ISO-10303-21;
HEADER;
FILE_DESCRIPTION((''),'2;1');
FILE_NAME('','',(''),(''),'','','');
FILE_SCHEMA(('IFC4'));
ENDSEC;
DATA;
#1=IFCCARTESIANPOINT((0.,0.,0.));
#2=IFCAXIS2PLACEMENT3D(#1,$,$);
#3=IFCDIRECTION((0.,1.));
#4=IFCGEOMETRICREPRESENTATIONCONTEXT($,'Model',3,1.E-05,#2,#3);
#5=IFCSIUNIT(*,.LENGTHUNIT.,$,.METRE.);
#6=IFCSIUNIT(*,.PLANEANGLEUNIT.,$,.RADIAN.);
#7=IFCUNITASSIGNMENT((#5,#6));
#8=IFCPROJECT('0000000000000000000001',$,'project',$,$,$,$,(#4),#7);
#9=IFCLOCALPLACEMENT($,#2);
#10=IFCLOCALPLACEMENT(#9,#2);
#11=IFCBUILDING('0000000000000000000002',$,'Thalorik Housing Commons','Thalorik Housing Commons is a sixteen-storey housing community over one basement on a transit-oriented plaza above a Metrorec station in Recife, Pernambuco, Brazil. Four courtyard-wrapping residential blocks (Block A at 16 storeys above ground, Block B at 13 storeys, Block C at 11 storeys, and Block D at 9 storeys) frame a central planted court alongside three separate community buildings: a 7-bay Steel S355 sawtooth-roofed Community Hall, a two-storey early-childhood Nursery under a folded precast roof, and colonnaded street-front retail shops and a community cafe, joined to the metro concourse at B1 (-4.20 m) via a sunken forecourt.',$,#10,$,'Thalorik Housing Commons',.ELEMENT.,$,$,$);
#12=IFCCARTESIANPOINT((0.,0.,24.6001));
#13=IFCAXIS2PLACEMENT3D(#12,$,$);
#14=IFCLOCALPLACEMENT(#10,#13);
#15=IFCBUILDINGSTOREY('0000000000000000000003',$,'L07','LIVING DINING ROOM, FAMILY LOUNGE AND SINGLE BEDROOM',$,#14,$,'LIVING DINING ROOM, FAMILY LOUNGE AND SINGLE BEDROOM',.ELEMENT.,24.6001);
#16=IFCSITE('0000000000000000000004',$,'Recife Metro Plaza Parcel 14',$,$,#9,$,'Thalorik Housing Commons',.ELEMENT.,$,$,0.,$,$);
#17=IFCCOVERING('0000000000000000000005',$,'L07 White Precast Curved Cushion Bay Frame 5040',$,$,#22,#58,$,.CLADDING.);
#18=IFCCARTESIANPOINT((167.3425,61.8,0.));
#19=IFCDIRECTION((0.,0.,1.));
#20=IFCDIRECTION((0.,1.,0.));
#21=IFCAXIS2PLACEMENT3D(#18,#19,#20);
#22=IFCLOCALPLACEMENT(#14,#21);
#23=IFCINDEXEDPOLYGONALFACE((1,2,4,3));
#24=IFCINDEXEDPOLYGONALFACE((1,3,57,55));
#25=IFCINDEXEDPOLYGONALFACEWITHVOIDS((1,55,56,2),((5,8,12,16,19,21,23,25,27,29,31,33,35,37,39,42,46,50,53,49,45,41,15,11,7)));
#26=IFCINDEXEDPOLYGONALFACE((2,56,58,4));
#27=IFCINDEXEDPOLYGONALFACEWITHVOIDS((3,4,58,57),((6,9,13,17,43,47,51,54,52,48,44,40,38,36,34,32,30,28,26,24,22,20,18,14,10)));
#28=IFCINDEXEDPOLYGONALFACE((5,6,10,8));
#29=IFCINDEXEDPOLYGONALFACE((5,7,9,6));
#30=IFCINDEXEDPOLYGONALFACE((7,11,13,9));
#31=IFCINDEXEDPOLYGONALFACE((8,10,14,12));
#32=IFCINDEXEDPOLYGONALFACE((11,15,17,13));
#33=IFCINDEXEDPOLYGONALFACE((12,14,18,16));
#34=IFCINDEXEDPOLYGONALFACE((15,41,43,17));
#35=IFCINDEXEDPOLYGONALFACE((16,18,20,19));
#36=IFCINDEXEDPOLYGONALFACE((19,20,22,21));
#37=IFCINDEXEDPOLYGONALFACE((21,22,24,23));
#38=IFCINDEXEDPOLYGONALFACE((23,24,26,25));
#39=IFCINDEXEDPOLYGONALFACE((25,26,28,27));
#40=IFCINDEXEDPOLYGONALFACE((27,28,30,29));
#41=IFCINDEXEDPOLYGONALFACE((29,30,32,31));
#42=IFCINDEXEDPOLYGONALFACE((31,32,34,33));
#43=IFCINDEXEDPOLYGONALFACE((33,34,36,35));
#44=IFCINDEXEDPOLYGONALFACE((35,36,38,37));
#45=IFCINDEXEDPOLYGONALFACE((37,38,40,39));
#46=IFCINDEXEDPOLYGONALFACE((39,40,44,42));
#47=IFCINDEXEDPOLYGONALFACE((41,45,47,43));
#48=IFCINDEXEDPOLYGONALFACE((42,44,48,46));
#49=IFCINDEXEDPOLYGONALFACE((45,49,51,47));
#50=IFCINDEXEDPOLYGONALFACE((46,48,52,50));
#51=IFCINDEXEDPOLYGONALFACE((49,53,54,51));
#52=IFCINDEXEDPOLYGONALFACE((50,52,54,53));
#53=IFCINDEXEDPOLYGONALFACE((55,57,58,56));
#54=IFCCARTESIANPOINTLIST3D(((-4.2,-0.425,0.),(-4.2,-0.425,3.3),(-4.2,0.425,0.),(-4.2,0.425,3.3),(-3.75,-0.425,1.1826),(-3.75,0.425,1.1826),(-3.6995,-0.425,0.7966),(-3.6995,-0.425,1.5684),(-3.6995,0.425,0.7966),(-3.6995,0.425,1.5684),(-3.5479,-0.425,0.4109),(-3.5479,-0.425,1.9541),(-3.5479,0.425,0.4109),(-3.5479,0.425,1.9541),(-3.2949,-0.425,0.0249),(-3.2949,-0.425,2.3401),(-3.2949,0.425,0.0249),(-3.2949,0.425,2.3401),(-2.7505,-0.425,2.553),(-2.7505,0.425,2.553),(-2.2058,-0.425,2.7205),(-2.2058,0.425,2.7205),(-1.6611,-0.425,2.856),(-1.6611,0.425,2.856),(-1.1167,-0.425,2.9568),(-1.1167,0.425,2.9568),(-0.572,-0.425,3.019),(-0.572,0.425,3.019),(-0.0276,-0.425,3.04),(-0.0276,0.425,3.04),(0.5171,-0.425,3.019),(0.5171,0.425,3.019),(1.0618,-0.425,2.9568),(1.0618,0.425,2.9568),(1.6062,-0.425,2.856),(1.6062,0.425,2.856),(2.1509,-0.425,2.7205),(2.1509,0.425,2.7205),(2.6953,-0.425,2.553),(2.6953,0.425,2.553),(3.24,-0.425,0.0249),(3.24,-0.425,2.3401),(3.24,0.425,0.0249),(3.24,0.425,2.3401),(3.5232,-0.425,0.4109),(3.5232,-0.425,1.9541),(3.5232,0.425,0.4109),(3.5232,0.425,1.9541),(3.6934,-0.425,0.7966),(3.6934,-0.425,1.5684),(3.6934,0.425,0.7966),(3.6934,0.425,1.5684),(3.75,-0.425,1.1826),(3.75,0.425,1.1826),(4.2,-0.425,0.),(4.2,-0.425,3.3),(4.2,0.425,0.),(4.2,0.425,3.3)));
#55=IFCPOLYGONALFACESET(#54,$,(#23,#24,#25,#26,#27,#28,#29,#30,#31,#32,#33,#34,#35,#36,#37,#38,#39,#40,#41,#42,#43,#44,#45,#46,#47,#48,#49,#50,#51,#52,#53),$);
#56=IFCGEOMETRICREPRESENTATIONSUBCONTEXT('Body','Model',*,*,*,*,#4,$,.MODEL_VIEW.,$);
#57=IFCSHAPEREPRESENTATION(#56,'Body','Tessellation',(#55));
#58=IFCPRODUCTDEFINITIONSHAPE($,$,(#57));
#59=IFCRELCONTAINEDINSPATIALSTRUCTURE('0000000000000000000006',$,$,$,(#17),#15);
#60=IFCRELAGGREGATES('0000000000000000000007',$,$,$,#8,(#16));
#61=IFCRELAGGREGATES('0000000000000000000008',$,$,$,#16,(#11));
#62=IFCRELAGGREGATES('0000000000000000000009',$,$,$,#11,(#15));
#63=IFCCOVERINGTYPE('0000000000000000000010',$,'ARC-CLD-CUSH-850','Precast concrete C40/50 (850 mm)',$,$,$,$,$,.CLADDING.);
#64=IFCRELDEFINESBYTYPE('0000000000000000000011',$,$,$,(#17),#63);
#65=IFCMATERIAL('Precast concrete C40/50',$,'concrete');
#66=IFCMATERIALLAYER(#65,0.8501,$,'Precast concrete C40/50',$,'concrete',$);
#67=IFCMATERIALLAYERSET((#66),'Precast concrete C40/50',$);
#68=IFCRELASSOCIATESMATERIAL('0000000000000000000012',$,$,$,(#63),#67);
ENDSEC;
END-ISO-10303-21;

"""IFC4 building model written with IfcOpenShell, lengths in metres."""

from ifc_helpers import new_model, si_unit, direction, frame, origin, place, context, subcontext, project, spatial, polyline, outline, extrude, material, layer, layer_set, type_object, element, save


model = new_model("IFC4")

# Units and contexts
model_context = context("Model", 3, precision=1e-05, world=origin(), true_north=direction((0.0, 1.0)))
body_context = subcontext(model_context, "Body", "Model", "MODEL_VIEW")
ifc_project = project(units=[si_unit("LENGTHUNIT", "METRE"), si_unit("PLANEANGLEUNIT", "RADIAN")], contexts=[model_context])

# Site, building, storey
site_placement = place(None, origin())
site = spatial("IfcSite", under=ifc_project, at=site_placement, Name="Recife Metro Plaza Parcel 14", LongName="Thalorik Housing Commons", CompositionType="ELEMENT", RefElevation=0.0)
building_placement = place(site_placement, origin())
building = spatial("IfcBuilding", under=site, at=building_placement, Name="Thalorik Housing Commons", Description="Thalorik Housing Commons is a sixteen-storey housing community over one basement on a transit-oriented plaza above a Metrorec station in Recife, Pernambuco, Brazil. Four courtyard-wrapping residential blocks (Block A at 16 storeys above ground, Block B at 13 storeys, Block C at 11 storeys, and Block D at 9 storeys) frame a central planted court alongside three separate community buildings: a 7-bay Steel S355 sawtooth-roofed Community Hall, a two-storey early-childhood Nursery under a folded precast roof, and colonnaded street-front retail shops and a community cafe, joined to the metro concourse at B1 (-4.20 m) via a sunken forecourt.", LongName="Thalorik Housing Commons", CompositionType="ELEMENT")
storey_placement = place(building_placement, frame((0.0, 0.0, 24.6001)))
storey = spatial("IfcBuildingStorey", under=building, at=storey_placement, Name="L07", Description="LIVING DINING ROOM, FAMILY LOUNGE AND SINGLE BEDROOM", LongName="LIVING DINING ROOM, FAMILY LOUNGE AND SINGLE BEDROOM", CompositionType="ELEMENT", Elevation=24.6001)

# Shared definitions
ifc_material_1 = material(Name="Precast concrete C40/50", Category="concrete")

# Covering
ifc_layer_1 = layer(ifc_material_1, 0.8501, Name="Precast concrete C40/50", Category="concrete")
ifc_layer_set_1 = layer_set([ifc_layer_1], Name="Precast concrete C40/50")
covering_type_1 = type_object("IfcCoveringType", Name="ARC-CLD-CUSH-850", Description="Precast concrete C40/50 (850 mm)", PredefinedType="CLADDING", material=ifc_layer_set_1)
covering_1_placement = place(storey_placement, frame((167.3425, 61.8, 0.0), z_axis=(0.0, 0.0, 1.0), x_axis=(0.0, 1.0, 0.0)))
element("IfcCovering", 1, at=covering_1_placement, inside=storey, type_object=covering_type_1, Name="L07 White Precast Curved Cushion Bay Frame 5040", PredefinedType="CLADDING", context=body_context, shape_type="SweptSolid", body=[
    extrude(outline(polyline([(-4.2, 0.0), (4.2, 0.0), (4.2, 3.3), (-4.2, 3.3), (-4.2, 0.0)]), holes=[polyline([(3.24, 0.0249), (3.5232, 0.4109), (3.6934, 0.7966), (3.75, 1.1826), (3.6934, 1.5684), (3.5232, 1.9541), (3.24, 2.3401), (2.6953, 2.553), (2.1509, 2.7205), (1.6062, 2.856), (1.0618, 2.9568), (0.5171, 3.019), (-0.0276, 3.04), (-0.572, 3.019), (-1.1167, 2.9568), (-1.6611, 2.856), (-2.2058, 2.7205), (-2.7505, 2.553), (-3.2949, 2.3401), (-3.5479, 1.9541), (-3.6995, 1.5684), (-3.75, 1.1826), (-3.6995, 0.7966), (-3.5479, 0.4109), (-3.2949, 0.0249), (3.24, 0.0249)])]), frame((0.0, 0.425, 0.0), z_axis=(0.0, -1.0, 0.0), x_axis=(1.0, 0.0, 0.0)), (0.0, 0.0, 1.0), 0.8501),
])

save(model, "model.ifc")
